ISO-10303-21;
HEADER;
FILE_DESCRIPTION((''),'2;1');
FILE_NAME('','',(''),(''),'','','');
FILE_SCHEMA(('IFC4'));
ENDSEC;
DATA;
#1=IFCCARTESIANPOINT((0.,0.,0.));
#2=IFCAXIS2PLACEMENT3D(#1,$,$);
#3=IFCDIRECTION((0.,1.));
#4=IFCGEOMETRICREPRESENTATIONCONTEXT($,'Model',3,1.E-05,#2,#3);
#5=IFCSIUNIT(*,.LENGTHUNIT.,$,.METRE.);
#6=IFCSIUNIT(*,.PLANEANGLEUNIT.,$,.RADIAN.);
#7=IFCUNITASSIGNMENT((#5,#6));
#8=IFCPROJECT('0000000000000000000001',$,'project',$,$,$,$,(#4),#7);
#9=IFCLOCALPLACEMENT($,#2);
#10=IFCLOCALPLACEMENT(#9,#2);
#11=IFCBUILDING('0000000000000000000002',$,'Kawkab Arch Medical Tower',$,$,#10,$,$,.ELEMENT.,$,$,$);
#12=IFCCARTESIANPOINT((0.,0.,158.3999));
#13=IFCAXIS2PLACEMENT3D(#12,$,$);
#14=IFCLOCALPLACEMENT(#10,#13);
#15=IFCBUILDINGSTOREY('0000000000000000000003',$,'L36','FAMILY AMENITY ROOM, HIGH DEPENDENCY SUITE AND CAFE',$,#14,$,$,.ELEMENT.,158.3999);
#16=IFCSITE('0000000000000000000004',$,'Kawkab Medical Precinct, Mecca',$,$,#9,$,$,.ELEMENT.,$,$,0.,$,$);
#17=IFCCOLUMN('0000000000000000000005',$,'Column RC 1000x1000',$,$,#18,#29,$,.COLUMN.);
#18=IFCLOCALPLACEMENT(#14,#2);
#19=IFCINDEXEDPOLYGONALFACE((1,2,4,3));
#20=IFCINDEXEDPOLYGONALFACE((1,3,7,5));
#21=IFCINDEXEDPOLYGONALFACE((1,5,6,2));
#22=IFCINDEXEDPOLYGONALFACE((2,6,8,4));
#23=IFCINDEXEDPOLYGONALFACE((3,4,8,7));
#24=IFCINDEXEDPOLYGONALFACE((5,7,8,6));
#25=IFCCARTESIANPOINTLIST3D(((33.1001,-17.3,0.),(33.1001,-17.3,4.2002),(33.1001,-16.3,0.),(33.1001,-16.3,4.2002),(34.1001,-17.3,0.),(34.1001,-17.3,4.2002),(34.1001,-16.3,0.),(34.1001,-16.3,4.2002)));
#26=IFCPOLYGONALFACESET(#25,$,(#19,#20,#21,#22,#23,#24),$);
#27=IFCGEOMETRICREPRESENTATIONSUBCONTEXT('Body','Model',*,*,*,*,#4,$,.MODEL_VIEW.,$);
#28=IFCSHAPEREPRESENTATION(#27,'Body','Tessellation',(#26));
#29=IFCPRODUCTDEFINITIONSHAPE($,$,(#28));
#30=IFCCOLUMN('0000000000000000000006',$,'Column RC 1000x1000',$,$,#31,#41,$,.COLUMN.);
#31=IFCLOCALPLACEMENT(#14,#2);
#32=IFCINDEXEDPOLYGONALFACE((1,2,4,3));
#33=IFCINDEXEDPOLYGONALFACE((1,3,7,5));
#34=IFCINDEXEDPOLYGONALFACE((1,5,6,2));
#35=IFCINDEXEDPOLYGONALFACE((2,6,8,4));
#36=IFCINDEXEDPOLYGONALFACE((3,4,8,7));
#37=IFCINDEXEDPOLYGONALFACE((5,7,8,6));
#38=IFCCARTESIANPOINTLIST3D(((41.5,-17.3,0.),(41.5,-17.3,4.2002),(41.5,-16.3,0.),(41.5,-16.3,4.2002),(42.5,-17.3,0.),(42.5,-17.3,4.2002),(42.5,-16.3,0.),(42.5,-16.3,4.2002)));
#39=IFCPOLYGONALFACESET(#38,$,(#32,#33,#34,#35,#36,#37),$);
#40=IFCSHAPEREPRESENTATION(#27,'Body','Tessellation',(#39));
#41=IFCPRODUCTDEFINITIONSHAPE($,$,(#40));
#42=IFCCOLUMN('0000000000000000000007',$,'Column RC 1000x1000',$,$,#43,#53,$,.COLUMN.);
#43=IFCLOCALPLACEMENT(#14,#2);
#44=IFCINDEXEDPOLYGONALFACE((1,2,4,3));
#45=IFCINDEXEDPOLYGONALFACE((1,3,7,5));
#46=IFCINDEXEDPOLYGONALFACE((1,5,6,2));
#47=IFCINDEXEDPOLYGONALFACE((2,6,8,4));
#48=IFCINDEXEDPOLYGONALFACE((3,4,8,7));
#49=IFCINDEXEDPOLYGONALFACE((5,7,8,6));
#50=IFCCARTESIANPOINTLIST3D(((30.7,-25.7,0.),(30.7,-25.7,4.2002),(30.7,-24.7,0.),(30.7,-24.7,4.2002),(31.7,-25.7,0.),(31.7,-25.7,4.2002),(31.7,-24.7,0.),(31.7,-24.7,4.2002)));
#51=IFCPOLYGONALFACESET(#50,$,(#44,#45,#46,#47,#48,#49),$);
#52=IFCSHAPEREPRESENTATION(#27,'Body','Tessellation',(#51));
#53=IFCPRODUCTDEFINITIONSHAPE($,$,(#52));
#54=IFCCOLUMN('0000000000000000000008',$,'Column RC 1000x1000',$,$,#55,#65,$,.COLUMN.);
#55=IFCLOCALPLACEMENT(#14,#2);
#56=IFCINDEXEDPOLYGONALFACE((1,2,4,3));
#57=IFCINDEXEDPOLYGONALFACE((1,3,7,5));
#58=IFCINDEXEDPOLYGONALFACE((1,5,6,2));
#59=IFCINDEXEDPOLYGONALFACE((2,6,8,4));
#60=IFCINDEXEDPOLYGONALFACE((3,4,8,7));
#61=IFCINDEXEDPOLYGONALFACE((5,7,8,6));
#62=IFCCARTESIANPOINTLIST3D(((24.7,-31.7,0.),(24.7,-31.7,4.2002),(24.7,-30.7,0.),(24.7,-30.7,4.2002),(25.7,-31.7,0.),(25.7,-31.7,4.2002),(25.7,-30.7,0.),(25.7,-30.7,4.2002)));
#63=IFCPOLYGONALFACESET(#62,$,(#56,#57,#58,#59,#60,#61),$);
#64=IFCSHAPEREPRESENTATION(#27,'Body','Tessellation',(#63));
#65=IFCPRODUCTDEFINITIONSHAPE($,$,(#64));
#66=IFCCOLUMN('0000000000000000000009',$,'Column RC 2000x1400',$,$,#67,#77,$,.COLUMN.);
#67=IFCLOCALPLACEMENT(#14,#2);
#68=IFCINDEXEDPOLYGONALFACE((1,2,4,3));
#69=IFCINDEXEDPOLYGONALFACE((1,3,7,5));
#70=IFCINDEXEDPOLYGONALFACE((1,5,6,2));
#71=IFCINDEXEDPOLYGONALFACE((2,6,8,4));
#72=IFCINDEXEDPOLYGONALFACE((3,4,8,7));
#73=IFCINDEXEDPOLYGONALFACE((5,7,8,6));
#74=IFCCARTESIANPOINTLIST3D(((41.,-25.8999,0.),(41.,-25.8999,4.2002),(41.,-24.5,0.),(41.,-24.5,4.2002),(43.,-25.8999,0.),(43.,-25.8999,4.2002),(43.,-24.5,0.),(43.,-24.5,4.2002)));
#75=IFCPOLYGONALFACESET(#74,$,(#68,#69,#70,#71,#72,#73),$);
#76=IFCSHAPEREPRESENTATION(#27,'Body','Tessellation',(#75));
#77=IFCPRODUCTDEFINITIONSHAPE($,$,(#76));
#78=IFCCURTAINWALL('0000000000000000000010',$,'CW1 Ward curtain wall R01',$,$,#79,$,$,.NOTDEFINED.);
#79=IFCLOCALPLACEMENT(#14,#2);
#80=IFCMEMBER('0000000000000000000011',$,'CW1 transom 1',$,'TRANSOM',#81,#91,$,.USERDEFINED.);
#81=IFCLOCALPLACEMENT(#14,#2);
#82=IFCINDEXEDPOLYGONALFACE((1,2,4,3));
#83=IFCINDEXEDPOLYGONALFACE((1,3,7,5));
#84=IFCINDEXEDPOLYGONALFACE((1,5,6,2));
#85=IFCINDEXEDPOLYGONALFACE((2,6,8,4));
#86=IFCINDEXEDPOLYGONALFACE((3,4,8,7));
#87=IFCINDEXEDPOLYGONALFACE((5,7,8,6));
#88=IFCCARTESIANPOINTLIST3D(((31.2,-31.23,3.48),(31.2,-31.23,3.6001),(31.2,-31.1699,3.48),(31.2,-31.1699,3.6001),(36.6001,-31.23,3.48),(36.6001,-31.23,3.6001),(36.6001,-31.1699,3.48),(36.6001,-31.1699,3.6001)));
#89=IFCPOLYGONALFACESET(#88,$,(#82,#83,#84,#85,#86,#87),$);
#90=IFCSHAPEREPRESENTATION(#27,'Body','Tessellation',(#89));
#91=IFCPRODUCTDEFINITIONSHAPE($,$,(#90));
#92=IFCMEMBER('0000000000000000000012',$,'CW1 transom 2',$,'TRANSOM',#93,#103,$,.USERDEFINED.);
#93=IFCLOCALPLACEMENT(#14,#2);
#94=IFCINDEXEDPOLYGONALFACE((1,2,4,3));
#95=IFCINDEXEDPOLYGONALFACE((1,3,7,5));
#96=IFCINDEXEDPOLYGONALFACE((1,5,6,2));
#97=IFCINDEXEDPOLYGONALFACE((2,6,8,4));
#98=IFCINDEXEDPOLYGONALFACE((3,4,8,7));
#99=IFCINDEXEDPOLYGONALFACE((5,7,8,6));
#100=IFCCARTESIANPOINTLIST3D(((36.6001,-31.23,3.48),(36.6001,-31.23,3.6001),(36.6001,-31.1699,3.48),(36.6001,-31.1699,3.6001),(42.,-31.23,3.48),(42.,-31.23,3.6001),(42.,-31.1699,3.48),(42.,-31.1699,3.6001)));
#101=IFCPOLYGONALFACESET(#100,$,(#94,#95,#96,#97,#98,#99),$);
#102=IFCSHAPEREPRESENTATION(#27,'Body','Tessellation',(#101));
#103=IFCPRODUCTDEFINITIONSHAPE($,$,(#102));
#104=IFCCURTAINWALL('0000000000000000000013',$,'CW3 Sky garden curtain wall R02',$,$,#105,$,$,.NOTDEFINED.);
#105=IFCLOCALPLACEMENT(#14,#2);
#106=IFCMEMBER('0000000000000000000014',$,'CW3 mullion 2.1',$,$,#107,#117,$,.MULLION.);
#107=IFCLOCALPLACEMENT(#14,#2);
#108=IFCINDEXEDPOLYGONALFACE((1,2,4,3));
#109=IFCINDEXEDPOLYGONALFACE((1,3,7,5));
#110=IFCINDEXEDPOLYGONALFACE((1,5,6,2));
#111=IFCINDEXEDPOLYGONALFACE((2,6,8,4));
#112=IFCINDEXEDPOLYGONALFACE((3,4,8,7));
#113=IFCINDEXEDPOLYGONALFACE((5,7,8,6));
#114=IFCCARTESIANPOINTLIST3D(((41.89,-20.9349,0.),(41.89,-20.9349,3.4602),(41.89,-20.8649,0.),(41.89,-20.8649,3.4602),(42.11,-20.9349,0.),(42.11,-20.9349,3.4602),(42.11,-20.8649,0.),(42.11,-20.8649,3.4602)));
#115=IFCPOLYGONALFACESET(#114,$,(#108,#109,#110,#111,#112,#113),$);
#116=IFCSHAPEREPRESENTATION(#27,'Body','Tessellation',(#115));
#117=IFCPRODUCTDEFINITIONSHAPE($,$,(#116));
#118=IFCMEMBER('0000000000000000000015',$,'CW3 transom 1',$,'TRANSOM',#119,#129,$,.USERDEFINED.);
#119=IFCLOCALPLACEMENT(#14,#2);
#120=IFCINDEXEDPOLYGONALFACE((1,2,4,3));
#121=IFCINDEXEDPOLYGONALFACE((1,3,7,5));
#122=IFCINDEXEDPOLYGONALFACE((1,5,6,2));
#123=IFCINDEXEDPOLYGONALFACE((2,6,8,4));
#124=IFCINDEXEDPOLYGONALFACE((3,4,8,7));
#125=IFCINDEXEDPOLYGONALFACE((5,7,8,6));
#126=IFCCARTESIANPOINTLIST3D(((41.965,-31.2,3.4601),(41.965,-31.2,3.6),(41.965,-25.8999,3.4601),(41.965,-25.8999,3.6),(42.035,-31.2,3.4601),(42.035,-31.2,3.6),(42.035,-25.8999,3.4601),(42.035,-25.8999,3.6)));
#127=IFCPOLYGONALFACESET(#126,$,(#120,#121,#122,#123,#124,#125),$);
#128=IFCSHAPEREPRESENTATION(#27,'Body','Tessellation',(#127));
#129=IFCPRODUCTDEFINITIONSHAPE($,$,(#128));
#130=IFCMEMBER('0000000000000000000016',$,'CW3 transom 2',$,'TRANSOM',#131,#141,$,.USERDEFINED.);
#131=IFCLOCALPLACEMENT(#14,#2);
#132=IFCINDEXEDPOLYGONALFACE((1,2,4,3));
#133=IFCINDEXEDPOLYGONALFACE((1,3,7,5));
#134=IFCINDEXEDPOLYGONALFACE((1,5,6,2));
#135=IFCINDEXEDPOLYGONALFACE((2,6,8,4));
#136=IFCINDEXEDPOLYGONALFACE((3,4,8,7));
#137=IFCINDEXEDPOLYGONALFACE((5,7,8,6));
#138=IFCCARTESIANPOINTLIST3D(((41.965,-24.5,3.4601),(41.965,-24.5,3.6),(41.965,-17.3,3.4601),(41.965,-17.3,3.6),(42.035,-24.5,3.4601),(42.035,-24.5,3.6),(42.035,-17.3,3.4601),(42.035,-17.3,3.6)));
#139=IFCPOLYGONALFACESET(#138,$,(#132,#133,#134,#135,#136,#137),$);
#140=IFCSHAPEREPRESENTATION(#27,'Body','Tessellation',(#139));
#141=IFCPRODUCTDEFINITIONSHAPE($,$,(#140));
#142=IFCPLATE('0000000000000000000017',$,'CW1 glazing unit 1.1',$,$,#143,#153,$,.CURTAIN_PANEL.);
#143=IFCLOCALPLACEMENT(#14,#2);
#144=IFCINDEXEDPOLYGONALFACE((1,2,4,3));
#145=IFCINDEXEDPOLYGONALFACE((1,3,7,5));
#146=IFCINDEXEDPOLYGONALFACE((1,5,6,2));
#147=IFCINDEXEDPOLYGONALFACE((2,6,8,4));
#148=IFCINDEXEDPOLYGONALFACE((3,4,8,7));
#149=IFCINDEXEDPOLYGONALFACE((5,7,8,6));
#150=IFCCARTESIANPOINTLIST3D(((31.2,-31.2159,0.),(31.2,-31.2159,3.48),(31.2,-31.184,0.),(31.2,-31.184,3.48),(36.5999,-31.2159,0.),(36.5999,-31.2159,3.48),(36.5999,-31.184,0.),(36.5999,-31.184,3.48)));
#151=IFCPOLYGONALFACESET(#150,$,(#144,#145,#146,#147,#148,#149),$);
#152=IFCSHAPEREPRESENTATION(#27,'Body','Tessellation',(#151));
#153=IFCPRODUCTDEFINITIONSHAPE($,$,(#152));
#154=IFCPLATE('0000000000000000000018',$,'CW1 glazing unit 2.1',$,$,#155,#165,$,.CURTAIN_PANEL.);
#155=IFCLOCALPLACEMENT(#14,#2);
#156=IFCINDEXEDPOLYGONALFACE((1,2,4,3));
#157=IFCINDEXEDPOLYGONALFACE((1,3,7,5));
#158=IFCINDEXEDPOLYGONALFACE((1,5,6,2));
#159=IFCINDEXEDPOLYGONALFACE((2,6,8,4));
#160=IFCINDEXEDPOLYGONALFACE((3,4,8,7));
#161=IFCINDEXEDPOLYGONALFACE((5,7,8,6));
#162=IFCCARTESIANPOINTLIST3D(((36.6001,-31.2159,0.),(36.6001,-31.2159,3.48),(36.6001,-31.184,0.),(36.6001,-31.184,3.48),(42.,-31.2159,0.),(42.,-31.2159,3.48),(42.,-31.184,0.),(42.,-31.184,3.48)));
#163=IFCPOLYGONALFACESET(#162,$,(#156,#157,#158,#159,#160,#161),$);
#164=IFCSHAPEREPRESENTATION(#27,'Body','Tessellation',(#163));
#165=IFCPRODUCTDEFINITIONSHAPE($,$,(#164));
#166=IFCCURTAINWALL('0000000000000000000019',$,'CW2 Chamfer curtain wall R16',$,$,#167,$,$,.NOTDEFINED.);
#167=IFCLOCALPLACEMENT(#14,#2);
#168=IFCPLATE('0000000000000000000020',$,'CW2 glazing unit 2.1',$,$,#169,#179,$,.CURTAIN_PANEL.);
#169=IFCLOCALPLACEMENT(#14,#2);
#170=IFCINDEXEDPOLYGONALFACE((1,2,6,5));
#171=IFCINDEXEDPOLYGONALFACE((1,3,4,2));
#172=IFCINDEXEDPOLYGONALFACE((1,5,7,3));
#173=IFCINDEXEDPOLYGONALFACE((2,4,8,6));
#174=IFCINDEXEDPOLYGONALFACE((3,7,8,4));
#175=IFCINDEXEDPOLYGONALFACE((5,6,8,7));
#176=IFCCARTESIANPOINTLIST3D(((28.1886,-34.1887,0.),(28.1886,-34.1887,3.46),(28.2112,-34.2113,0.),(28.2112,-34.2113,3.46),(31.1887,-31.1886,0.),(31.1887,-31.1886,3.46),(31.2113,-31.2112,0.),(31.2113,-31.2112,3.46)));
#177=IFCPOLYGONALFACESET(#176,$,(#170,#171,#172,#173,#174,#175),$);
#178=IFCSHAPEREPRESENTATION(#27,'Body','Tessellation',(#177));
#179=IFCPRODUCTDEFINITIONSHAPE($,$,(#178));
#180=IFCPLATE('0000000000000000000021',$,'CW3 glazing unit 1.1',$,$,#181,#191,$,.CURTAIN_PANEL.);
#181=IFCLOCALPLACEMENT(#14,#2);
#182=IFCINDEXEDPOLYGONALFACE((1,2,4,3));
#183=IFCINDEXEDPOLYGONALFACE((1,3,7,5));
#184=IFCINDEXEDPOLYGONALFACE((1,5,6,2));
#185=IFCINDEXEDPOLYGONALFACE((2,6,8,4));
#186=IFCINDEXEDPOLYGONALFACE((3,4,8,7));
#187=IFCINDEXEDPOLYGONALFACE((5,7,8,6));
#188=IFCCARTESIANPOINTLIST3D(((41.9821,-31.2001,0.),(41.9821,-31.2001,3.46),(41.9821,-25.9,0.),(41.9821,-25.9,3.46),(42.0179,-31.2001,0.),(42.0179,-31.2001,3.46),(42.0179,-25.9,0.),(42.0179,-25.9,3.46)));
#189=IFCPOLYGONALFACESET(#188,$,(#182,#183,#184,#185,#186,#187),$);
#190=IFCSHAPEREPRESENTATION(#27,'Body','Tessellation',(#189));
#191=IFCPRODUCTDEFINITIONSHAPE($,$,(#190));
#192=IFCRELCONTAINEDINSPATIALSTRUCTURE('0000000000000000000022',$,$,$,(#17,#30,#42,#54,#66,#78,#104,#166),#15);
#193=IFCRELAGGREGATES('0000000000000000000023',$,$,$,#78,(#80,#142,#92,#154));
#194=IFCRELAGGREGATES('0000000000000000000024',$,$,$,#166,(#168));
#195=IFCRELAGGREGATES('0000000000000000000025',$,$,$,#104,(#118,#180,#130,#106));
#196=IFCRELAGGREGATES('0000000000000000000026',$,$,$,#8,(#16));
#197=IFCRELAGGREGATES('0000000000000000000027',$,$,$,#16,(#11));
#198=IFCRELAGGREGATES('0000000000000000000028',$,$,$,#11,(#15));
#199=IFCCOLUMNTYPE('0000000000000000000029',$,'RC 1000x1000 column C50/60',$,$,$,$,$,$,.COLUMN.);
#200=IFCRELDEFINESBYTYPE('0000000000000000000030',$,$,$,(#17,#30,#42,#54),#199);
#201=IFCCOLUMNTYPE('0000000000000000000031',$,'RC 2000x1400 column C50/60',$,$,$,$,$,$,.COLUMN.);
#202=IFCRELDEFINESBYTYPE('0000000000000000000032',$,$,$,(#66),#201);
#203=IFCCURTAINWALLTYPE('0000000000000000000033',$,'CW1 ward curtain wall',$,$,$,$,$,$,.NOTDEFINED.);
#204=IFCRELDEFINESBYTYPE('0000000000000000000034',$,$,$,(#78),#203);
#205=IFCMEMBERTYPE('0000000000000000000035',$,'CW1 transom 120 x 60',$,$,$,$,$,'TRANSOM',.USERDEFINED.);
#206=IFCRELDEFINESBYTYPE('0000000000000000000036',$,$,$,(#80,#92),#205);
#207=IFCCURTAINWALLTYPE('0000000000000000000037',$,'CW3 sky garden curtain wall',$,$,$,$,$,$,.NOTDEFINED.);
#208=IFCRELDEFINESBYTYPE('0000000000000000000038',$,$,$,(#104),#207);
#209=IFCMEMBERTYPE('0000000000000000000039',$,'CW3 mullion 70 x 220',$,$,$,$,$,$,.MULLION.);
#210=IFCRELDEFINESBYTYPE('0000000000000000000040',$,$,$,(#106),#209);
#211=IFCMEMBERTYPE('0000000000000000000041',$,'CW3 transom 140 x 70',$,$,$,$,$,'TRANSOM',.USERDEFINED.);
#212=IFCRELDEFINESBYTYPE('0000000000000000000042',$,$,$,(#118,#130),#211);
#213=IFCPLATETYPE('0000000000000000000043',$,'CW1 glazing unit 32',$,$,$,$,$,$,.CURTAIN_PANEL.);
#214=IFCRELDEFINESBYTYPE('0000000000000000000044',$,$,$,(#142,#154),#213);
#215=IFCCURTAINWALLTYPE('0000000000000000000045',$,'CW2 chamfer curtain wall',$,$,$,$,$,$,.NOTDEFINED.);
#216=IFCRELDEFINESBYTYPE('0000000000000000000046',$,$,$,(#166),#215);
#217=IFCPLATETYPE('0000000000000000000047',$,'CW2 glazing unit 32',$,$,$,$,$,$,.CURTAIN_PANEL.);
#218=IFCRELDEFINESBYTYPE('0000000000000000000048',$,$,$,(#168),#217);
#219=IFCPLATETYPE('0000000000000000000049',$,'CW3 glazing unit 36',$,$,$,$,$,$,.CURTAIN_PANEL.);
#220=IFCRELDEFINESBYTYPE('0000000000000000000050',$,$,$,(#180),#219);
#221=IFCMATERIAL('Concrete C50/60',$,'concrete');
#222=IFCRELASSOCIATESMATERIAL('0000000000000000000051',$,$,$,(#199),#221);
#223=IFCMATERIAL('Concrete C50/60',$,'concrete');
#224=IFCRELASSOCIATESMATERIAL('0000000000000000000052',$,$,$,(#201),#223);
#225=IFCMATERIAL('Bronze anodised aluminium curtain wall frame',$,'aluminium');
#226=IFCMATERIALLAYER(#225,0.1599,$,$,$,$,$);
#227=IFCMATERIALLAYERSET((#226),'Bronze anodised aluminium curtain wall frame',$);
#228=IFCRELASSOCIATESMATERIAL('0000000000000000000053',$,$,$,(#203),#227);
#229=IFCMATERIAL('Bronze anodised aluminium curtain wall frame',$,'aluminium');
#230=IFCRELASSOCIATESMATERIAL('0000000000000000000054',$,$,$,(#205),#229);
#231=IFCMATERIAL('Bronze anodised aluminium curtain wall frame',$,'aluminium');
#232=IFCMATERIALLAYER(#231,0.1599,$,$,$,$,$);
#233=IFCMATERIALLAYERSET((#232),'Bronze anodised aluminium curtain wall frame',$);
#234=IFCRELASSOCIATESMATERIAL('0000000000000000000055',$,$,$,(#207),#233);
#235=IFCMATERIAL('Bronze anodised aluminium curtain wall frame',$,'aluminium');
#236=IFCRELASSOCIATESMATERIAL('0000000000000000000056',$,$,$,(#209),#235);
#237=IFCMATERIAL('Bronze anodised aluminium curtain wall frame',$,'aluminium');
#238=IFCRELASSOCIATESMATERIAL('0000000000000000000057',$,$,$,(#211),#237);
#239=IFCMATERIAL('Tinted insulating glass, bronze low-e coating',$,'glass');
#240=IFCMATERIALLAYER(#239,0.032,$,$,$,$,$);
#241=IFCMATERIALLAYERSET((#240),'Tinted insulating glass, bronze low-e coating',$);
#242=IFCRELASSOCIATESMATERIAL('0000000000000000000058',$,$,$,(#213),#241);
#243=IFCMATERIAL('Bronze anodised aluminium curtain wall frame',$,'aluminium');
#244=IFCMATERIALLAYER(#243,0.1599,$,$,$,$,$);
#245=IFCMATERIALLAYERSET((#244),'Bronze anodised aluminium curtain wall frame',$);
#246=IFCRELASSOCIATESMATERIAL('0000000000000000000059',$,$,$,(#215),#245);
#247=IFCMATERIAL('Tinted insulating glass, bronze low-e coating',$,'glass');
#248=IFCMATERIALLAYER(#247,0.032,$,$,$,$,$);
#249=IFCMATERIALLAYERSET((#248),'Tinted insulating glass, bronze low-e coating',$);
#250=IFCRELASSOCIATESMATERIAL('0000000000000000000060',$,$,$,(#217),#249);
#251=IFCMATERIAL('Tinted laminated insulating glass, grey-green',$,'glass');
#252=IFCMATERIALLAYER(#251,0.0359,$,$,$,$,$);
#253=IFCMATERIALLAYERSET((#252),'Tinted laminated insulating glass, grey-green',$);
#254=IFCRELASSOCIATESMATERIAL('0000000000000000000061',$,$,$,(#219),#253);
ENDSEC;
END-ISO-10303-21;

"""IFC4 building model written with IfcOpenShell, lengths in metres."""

from ifc_helpers import new_model, si_unit, direction, frame, origin, origin_2d, place, context, subcontext, project, spatial, rectangle, extrude, material, layer, layer_set, material_profile, profile_set, type_object, element, aggregate, save


model = new_model("IFC4")

# Units and contexts
model_context = context("Model", 3, precision=1e-05, world=origin(), true_north=direction((0.0, 1.0)))
body_context = subcontext(model_context, "Body", "Model", "MODEL_VIEW")
ifc_project = project(units=[si_unit("LENGTHUNIT", "METRE"), si_unit("PLANEANGLEUNIT", "RADIAN")], contexts=[model_context])

# Site, building, storey
site_placement = place(None, origin())
site = spatial("IfcSite", under=ifc_project, at=site_placement, Name="Kawkab Medical Precinct, Mecca", CompositionType="ELEMENT", RefElevation=0.0)
building_placement = place(site_placement, origin())
building = spatial("IfcBuilding", under=site, at=building_placement, Name="Kawkab Arch Medical Tower", CompositionType="ELEMENT")
storey_placement = place(building_placement, frame((0.0, 0.0, 158.3999)))
storey = spatial("IfcBuildingStorey", under=building, at=storey_placement, Name="L36", Description="FAMILY AMENITY ROOM, HIGH DEPENDENCY SUITE AND CAFE", CompositionType="ELEMENT", Elevation=158.3999)

# Columns
ifc_material_1 = material(Name="Concrete C50/60", Category="concrete")
ifc_material_profile_1 = material_profile(ifc_material_1, rectangle(XDim=1.0, YDim=1.0, at=origin_2d()), Name="RC 1000x1000")
ifc_profile_set_1 = profile_set([ifc_material_profile_1], Name="Concrete C50/60")
column_type_1 = type_object("IfcColumnType", Name="RC 1000x1000 column C50/60", PredefinedType="COLUMN", material=ifc_profile_set_1)
for number, where, z_axis, x_axis, name in (
    (1, (33.6001, -16.8, 0.0), (0.0, 0.0, 1.0), (1.0, 0.0, 0.0), "Column RC 1000x1000"),
    (2, (42.0, -16.8, 0.0), (0.0, 0.0, 1.0), (1.0, 0.0, 0.0), "Column RC 1000x1000"),
    (3, (31.2, -25.2, 0.0), (0.0, 0.0, 1.0), (1.0, 0.0, 0.0), "Column RC 1000x1000"),
    (4, (25.2, -31.2, 0.0), (0.0, 0.0, 1.0), (1.0, 0.0, 0.0), "Column RC 1000x1000"),
):
    element("IfcColumn", number, at=place(storey_placement, frame(where, z_axis=z_axis, x_axis=x_axis)), inside=storey, type_object=column_type_1, Name=name, PredefinedType="COLUMN", context=body_context, shape_type="SweptSolid", body=[
        extrude(rectangle(XDim=1.0, YDim=1.0, at=origin_2d()), origin(), (0.0, 0.0, 1.0), 4.2002),
    ])
ifc_material_2 = material(Name="Concrete C50/60", Category="concrete")
ifc_material_profile_2 = material_profile(ifc_material_2, rectangle(XDim=2.0, YDim=1.3999, at=origin_2d()), Name="RC 2000x1400")
ifc_profile_set_2 = profile_set([ifc_material_profile_2], Name="Concrete C50/60")
column_type_2 = type_object("IfcColumnType", Name="RC 2000x1400 column C50/60", PredefinedType="COLUMN", material=ifc_profile_set_2)
column_placement = place(storey_placement, frame((42.0, -25.2, 0.0), z_axis=(0.0, 0.0, 1.0), x_axis=(-1.0, 0.0, 0.0)))
element("IfcColumn", 5, at=column_placement, inside=storey, type_object=column_type_2, Name="Column RC 2000x1400", PredefinedType="COLUMN", context=body_context, shape_type="SweptSolid", body=[
    extrude(rectangle(XDim=2.0, YDim=1.3999, at=origin_2d()), origin(), (0.0, 0.0, 1.0), 4.2002),
])

# Curtain walls, members
ifc_material_3 = material(Name="Bronze anodised aluminium curtain wall frame", Category="aluminium")
ifc_layer_1 = layer(ifc_material_3, 0.1599)
ifc_layer_set_1 = layer_set([ifc_layer_1], Name="Bronze anodised aluminium curtain wall frame")
curtain_wall_type_1 = type_object("IfcCurtainWallType", Name="CW1 ward curtain wall", PredefinedType="NOTDEFINED", material=ifc_layer_set_1)
placement = place(storey_placement, origin())
curtain_wall_1 = element("IfcCurtainWall", 6, at=placement, inside=storey, type_object=curtain_wall_type_1, Name="CW1 Ward curtain wall R01", PredefinedType="NOTDEFINED")
ifc_material_4 = material(Name="Bronze anodised aluminium curtain wall frame", Category="aluminium")
ifc_material_profile_3 = material_profile(ifc_material_4, rectangle(XDim=0.0601, YDim=0.1201, at=origin_2d()), Name="AL 60x120")
ifc_profile_set_3 = profile_set([ifc_material_profile_3], Name="Bronze anodised aluminium curtain wall frame")
member_type_1 = type_object("IfcMemberType", Name="CW1 transom 120 x 60", ElementType="TRANSOM", PredefinedType="USERDEFINED", material=ifc_profile_set_3)
member_1_placement = place(storey_placement, frame((31.2, -31.2, 3.54), z_axis=(1.0, 0.0, 0.0), x_axis=(0.0, 1.0, 0.0)))
member_1 = element("IfcMember", 7, at=member_1_placement, type_object=member_type_1, Name="CW1 transom 1", ObjectType="TRANSOM", PredefinedType="USERDEFINED", context=body_context, shape_type="SweptSolid", body=[
    extrude(rectangle(XDim=0.0601, YDim=0.1201, at=origin_2d()), origin(), (0.0, 0.0, 1.0), 5.4001),
])
member_2_placement = place(storey_placement, frame((36.6001, -31.2, 3.54), z_axis=(1.0, 0.0, 0.0), x_axis=(0.0, 1.0, 0.0)))
member_2 = element("IfcMember", 8, at=member_2_placement, type_object=member_type_1, Name="CW1 transom 2", ObjectType="TRANSOM", PredefinedType="USERDEFINED", context=body_context, shape_type="SweptSolid", body=[
    extrude(rectangle(XDim=0.0601, YDim=0.1201, at=origin_2d()), origin(), (0.0, 0.0, 1.0), 5.3999),
])
ifc_material_5 = material(Name="Bronze anodised aluminium curtain wall frame", Category="aluminium")
ifc_layer_2 = layer(ifc_material_5, 0.1599)
ifc_layer_set_2 = layer_set([ifc_layer_2], Name="Bronze anodised aluminium curtain wall frame")
curtain_wall_type_2 = type_object("IfcCurtainWallType", Name="CW3 sky garden curtain wall", PredefinedType="NOTDEFINED", material=ifc_layer_set_2)
curtain_wall_2 = element("IfcCurtainWall", 9, at=placement, inside=storey, type_object=curtain_wall_type_2, Name="CW3 Sky garden curtain wall R02", PredefinedType="NOTDEFINED")
ifc_material_6 = material(Name="Bronze anodised aluminium curtain wall frame", Category="aluminium")
ifc_material_profile_4 = material_profile(ifc_material_6, rectangle(XDim=0.22, YDim=0.0701, at=origin_2d()), Name="AL 70x220")
ifc_profile_set_4 = profile_set([ifc_material_profile_4], Name="Bronze anodised aluminium curtain wall frame")
member_type_2 = type_object("IfcMemberType", Name="CW3 mullion 70 x 220", PredefinedType="MULLION", material=ifc_profile_set_4)
member_3_placement = place(storey_placement, frame((42.0, -20.8999, 0.0), z_axis=(0.0, 0.0, 1.0), x_axis=(-1.0, 0.0, 0.0)))
member_3 = element("IfcMember", 10, at=member_3_placement, type_object=member_type_2, Name="CW3 mullion 2.1", PredefinedType="MULLION", context=body_context, shape_type="SweptSolid", body=[
    extrude(rectangle(XDim=0.22, YDim=0.0701, at=origin_2d()), origin(), (0.0, 0.0, 1.0), 3.4602),
])
ifc_material_7 = material(Name="Bronze anodised aluminium curtain wall frame", Category="aluminium")
ifc_material_profile_5 = material_profile(ifc_material_7, rectangle(XDim=0.0701, YDim=0.1399, at=origin_2d()), Name="AL 70x140")
ifc_profile_set_5 = profile_set([ifc_material_profile_5], Name="Bronze anodised aluminium curtain wall frame")
member_type_3 = type_object("IfcMemberType", Name="CW3 transom 140 x 70", ElementType="TRANSOM", PredefinedType="USERDEFINED", material=ifc_profile_set_5)
member_4_placement = place(storey_placement, frame((42.0, -31.2, 3.53), z_axis=(0.0, 1.0, 0.0), x_axis=(-1.0, 0.0, 0.0)))
member_4 = element("IfcMember", 11, at=member_4_placement, type_object=member_type_3, Name="CW3 transom 1", ObjectType="TRANSOM", PredefinedType="USERDEFINED", context=body_context, shape_type="SweptSolid", body=[
    extrude(rectangle(XDim=0.0701, YDim=0.1399, at=origin_2d()), origin(), (0.0, 0.0, 1.0), 5.3),
])
member_5_placement = place(storey_placement, frame((42.0, -24.5, 3.53), z_axis=(0.0, 1.0, 0.0), x_axis=(-1.0, 0.0, 0.0)))
member_5 = element("IfcMember", 12, at=member_5_placement, type_object=member_type_3, Name="CW3 transom 2", ObjectType="TRANSOM", PredefinedType="USERDEFINED", context=body_context, shape_type="SweptSolid", body=[
    extrude(rectangle(XDim=0.0701, YDim=0.1399, at=origin_2d()), origin(), (0.0, 0.0, 1.0), 7.2),
])

# Plates
ifc_material_8 = material(Name="Tinted insulating glass, bronze low-e coating", Category="glass")
ifc_layer_3 = layer(ifc_material_8, 0.032)
ifc_layer_set_3 = layer_set([ifc_layer_3], Name="Tinted insulating glass, bronze low-e coating")
plate_type_1 = type_object("IfcPlateType", Name="CW1 glazing unit 32", PredefinedType="CURTAIN_PANEL", material=ifc_layer_set_3)
plate_1_placement = place(storey_placement, frame((33.8999, -31.2, 0.0), z_axis=(0.0, 0.0, 1.0), x_axis=(1.0, 0.0, 0.0)))
plate_1 = element("IfcPlate", 13, at=plate_1_placement, type_object=plate_type_1, Name="CW1 glazing unit 1.1", PredefinedType="CURTAIN_PANEL", context=body_context, shape_type="SweptSolid", body=[
    extrude(rectangle(XDim=5.3999, YDim=0.032, at=origin_2d()), origin(), (0.0, 0.0, 1.0), 3.48),
])
plate_2_placement = place(storey_placement, frame((39.3, -31.2, 0.0), z_axis=(0.0, 0.0, 1.0), x_axis=(1.0, 0.0, 0.0)))
plate_2 = element("IfcPlate", 14, at=plate_2_placement, type_object=plate_type_1, Name="CW1 glazing unit 2.1", PredefinedType="CURTAIN_PANEL", context=body_context, shape_type="SweptSolid", body=[
    extrude(rectangle(XDim=5.3999, YDim=0.032, at=origin_2d()), origin(), (0.0, 0.0, 1.0), 3.48),
])
aggregate(curtain_wall_1, [member_1, plate_1, member_2, plate_2])

# Curtain wall, plate
ifc_material_9 = material(Name="Bronze anodised aluminium curtain wall frame", Category="aluminium")
ifc_layer_4 = layer(ifc_material_9, 0.1599)
ifc_layer_set_4 = layer_set([ifc_layer_4], Name="Bronze anodised aluminium curtain wall frame")
curtain_wall_type_3 = type_object("IfcCurtainWallType", Name="CW2 chamfer curtain wall", PredefinedType="NOTDEFINED", material=ifc_layer_set_4)
curtain_wall_3 = element("IfcCurtainWall", 15, at=placement, inside=storey, type_object=curtain_wall_type_3, Name="CW2 Chamfer curtain wall R16", PredefinedType="NOTDEFINED")
ifc_material_10 = material(Name="Tinted insulating glass, bronze low-e coating", Category="glass")
ifc_layer_5 = layer(ifc_material_10, 0.032)
ifc_layer_set_5 = layer_set([ifc_layer_5], Name="Tinted insulating glass, bronze low-e coating")
plate_type_2 = type_object("IfcPlateType", Name="CW2 glazing unit 32", PredefinedType="CURTAIN_PANEL", material=ifc_layer_set_5)
plate_3_placement = place(storey_placement, frame((29.7, -32.7, 0.0), z_axis=(0.0, 0.0, 1.0), x_axis=(0.707107, 0.707107, 0.0)))
plate_3 = element("IfcPlate", 16, at=plate_3_placement, type_object=plate_type_2, Name="CW2 glazing unit 2.1", PredefinedType="CURTAIN_PANEL", context=body_context, shape_type="SweptSolid", body=[
    extrude(rectangle(XDim=4.2427, YDim=0.032, at=origin_2d()), origin(), (0.0, 0.0, 1.0), 3.46),
])
aggregate(curtain_wall_3, [plate_3])

# Plate
ifc_material_11 = material(Name="Tinted laminated insulating glass, grey-green", Category="glass")
ifc_layer_6 = layer(ifc_material_11, 0.0359)
ifc_layer_set_6 = layer_set([ifc_layer_6], Name="Tinted laminated insulating glass, grey-green")
plate_type_3 = type_object("IfcPlateType", Name="CW3 glazing unit 36", PredefinedType="CURTAIN_PANEL", material=ifc_layer_set_6)
plate_4_placement = place(storey_placement, frame((42.0, -28.55, 0.0), z_axis=(0.0, 0.0, 1.0), x_axis=(0.0, 1.0, 0.0)))
plate_4 = element("IfcPlate", 17, at=plate_4_placement, type_object=plate_type_3, Name="CW3 glazing unit 1.1", PredefinedType="CURTAIN_PANEL", context=body_context, shape_type="SweptSolid", body=[
    extrude(rectangle(XDim=5.3, YDim=0.0359, at=origin_2d()), origin(), (0.0, 0.0, 1.0), 3.46),
])
aggregate(curtain_wall_2, [member_4, plate_4, member_5, member_3])

save(model, "model.ifc")
